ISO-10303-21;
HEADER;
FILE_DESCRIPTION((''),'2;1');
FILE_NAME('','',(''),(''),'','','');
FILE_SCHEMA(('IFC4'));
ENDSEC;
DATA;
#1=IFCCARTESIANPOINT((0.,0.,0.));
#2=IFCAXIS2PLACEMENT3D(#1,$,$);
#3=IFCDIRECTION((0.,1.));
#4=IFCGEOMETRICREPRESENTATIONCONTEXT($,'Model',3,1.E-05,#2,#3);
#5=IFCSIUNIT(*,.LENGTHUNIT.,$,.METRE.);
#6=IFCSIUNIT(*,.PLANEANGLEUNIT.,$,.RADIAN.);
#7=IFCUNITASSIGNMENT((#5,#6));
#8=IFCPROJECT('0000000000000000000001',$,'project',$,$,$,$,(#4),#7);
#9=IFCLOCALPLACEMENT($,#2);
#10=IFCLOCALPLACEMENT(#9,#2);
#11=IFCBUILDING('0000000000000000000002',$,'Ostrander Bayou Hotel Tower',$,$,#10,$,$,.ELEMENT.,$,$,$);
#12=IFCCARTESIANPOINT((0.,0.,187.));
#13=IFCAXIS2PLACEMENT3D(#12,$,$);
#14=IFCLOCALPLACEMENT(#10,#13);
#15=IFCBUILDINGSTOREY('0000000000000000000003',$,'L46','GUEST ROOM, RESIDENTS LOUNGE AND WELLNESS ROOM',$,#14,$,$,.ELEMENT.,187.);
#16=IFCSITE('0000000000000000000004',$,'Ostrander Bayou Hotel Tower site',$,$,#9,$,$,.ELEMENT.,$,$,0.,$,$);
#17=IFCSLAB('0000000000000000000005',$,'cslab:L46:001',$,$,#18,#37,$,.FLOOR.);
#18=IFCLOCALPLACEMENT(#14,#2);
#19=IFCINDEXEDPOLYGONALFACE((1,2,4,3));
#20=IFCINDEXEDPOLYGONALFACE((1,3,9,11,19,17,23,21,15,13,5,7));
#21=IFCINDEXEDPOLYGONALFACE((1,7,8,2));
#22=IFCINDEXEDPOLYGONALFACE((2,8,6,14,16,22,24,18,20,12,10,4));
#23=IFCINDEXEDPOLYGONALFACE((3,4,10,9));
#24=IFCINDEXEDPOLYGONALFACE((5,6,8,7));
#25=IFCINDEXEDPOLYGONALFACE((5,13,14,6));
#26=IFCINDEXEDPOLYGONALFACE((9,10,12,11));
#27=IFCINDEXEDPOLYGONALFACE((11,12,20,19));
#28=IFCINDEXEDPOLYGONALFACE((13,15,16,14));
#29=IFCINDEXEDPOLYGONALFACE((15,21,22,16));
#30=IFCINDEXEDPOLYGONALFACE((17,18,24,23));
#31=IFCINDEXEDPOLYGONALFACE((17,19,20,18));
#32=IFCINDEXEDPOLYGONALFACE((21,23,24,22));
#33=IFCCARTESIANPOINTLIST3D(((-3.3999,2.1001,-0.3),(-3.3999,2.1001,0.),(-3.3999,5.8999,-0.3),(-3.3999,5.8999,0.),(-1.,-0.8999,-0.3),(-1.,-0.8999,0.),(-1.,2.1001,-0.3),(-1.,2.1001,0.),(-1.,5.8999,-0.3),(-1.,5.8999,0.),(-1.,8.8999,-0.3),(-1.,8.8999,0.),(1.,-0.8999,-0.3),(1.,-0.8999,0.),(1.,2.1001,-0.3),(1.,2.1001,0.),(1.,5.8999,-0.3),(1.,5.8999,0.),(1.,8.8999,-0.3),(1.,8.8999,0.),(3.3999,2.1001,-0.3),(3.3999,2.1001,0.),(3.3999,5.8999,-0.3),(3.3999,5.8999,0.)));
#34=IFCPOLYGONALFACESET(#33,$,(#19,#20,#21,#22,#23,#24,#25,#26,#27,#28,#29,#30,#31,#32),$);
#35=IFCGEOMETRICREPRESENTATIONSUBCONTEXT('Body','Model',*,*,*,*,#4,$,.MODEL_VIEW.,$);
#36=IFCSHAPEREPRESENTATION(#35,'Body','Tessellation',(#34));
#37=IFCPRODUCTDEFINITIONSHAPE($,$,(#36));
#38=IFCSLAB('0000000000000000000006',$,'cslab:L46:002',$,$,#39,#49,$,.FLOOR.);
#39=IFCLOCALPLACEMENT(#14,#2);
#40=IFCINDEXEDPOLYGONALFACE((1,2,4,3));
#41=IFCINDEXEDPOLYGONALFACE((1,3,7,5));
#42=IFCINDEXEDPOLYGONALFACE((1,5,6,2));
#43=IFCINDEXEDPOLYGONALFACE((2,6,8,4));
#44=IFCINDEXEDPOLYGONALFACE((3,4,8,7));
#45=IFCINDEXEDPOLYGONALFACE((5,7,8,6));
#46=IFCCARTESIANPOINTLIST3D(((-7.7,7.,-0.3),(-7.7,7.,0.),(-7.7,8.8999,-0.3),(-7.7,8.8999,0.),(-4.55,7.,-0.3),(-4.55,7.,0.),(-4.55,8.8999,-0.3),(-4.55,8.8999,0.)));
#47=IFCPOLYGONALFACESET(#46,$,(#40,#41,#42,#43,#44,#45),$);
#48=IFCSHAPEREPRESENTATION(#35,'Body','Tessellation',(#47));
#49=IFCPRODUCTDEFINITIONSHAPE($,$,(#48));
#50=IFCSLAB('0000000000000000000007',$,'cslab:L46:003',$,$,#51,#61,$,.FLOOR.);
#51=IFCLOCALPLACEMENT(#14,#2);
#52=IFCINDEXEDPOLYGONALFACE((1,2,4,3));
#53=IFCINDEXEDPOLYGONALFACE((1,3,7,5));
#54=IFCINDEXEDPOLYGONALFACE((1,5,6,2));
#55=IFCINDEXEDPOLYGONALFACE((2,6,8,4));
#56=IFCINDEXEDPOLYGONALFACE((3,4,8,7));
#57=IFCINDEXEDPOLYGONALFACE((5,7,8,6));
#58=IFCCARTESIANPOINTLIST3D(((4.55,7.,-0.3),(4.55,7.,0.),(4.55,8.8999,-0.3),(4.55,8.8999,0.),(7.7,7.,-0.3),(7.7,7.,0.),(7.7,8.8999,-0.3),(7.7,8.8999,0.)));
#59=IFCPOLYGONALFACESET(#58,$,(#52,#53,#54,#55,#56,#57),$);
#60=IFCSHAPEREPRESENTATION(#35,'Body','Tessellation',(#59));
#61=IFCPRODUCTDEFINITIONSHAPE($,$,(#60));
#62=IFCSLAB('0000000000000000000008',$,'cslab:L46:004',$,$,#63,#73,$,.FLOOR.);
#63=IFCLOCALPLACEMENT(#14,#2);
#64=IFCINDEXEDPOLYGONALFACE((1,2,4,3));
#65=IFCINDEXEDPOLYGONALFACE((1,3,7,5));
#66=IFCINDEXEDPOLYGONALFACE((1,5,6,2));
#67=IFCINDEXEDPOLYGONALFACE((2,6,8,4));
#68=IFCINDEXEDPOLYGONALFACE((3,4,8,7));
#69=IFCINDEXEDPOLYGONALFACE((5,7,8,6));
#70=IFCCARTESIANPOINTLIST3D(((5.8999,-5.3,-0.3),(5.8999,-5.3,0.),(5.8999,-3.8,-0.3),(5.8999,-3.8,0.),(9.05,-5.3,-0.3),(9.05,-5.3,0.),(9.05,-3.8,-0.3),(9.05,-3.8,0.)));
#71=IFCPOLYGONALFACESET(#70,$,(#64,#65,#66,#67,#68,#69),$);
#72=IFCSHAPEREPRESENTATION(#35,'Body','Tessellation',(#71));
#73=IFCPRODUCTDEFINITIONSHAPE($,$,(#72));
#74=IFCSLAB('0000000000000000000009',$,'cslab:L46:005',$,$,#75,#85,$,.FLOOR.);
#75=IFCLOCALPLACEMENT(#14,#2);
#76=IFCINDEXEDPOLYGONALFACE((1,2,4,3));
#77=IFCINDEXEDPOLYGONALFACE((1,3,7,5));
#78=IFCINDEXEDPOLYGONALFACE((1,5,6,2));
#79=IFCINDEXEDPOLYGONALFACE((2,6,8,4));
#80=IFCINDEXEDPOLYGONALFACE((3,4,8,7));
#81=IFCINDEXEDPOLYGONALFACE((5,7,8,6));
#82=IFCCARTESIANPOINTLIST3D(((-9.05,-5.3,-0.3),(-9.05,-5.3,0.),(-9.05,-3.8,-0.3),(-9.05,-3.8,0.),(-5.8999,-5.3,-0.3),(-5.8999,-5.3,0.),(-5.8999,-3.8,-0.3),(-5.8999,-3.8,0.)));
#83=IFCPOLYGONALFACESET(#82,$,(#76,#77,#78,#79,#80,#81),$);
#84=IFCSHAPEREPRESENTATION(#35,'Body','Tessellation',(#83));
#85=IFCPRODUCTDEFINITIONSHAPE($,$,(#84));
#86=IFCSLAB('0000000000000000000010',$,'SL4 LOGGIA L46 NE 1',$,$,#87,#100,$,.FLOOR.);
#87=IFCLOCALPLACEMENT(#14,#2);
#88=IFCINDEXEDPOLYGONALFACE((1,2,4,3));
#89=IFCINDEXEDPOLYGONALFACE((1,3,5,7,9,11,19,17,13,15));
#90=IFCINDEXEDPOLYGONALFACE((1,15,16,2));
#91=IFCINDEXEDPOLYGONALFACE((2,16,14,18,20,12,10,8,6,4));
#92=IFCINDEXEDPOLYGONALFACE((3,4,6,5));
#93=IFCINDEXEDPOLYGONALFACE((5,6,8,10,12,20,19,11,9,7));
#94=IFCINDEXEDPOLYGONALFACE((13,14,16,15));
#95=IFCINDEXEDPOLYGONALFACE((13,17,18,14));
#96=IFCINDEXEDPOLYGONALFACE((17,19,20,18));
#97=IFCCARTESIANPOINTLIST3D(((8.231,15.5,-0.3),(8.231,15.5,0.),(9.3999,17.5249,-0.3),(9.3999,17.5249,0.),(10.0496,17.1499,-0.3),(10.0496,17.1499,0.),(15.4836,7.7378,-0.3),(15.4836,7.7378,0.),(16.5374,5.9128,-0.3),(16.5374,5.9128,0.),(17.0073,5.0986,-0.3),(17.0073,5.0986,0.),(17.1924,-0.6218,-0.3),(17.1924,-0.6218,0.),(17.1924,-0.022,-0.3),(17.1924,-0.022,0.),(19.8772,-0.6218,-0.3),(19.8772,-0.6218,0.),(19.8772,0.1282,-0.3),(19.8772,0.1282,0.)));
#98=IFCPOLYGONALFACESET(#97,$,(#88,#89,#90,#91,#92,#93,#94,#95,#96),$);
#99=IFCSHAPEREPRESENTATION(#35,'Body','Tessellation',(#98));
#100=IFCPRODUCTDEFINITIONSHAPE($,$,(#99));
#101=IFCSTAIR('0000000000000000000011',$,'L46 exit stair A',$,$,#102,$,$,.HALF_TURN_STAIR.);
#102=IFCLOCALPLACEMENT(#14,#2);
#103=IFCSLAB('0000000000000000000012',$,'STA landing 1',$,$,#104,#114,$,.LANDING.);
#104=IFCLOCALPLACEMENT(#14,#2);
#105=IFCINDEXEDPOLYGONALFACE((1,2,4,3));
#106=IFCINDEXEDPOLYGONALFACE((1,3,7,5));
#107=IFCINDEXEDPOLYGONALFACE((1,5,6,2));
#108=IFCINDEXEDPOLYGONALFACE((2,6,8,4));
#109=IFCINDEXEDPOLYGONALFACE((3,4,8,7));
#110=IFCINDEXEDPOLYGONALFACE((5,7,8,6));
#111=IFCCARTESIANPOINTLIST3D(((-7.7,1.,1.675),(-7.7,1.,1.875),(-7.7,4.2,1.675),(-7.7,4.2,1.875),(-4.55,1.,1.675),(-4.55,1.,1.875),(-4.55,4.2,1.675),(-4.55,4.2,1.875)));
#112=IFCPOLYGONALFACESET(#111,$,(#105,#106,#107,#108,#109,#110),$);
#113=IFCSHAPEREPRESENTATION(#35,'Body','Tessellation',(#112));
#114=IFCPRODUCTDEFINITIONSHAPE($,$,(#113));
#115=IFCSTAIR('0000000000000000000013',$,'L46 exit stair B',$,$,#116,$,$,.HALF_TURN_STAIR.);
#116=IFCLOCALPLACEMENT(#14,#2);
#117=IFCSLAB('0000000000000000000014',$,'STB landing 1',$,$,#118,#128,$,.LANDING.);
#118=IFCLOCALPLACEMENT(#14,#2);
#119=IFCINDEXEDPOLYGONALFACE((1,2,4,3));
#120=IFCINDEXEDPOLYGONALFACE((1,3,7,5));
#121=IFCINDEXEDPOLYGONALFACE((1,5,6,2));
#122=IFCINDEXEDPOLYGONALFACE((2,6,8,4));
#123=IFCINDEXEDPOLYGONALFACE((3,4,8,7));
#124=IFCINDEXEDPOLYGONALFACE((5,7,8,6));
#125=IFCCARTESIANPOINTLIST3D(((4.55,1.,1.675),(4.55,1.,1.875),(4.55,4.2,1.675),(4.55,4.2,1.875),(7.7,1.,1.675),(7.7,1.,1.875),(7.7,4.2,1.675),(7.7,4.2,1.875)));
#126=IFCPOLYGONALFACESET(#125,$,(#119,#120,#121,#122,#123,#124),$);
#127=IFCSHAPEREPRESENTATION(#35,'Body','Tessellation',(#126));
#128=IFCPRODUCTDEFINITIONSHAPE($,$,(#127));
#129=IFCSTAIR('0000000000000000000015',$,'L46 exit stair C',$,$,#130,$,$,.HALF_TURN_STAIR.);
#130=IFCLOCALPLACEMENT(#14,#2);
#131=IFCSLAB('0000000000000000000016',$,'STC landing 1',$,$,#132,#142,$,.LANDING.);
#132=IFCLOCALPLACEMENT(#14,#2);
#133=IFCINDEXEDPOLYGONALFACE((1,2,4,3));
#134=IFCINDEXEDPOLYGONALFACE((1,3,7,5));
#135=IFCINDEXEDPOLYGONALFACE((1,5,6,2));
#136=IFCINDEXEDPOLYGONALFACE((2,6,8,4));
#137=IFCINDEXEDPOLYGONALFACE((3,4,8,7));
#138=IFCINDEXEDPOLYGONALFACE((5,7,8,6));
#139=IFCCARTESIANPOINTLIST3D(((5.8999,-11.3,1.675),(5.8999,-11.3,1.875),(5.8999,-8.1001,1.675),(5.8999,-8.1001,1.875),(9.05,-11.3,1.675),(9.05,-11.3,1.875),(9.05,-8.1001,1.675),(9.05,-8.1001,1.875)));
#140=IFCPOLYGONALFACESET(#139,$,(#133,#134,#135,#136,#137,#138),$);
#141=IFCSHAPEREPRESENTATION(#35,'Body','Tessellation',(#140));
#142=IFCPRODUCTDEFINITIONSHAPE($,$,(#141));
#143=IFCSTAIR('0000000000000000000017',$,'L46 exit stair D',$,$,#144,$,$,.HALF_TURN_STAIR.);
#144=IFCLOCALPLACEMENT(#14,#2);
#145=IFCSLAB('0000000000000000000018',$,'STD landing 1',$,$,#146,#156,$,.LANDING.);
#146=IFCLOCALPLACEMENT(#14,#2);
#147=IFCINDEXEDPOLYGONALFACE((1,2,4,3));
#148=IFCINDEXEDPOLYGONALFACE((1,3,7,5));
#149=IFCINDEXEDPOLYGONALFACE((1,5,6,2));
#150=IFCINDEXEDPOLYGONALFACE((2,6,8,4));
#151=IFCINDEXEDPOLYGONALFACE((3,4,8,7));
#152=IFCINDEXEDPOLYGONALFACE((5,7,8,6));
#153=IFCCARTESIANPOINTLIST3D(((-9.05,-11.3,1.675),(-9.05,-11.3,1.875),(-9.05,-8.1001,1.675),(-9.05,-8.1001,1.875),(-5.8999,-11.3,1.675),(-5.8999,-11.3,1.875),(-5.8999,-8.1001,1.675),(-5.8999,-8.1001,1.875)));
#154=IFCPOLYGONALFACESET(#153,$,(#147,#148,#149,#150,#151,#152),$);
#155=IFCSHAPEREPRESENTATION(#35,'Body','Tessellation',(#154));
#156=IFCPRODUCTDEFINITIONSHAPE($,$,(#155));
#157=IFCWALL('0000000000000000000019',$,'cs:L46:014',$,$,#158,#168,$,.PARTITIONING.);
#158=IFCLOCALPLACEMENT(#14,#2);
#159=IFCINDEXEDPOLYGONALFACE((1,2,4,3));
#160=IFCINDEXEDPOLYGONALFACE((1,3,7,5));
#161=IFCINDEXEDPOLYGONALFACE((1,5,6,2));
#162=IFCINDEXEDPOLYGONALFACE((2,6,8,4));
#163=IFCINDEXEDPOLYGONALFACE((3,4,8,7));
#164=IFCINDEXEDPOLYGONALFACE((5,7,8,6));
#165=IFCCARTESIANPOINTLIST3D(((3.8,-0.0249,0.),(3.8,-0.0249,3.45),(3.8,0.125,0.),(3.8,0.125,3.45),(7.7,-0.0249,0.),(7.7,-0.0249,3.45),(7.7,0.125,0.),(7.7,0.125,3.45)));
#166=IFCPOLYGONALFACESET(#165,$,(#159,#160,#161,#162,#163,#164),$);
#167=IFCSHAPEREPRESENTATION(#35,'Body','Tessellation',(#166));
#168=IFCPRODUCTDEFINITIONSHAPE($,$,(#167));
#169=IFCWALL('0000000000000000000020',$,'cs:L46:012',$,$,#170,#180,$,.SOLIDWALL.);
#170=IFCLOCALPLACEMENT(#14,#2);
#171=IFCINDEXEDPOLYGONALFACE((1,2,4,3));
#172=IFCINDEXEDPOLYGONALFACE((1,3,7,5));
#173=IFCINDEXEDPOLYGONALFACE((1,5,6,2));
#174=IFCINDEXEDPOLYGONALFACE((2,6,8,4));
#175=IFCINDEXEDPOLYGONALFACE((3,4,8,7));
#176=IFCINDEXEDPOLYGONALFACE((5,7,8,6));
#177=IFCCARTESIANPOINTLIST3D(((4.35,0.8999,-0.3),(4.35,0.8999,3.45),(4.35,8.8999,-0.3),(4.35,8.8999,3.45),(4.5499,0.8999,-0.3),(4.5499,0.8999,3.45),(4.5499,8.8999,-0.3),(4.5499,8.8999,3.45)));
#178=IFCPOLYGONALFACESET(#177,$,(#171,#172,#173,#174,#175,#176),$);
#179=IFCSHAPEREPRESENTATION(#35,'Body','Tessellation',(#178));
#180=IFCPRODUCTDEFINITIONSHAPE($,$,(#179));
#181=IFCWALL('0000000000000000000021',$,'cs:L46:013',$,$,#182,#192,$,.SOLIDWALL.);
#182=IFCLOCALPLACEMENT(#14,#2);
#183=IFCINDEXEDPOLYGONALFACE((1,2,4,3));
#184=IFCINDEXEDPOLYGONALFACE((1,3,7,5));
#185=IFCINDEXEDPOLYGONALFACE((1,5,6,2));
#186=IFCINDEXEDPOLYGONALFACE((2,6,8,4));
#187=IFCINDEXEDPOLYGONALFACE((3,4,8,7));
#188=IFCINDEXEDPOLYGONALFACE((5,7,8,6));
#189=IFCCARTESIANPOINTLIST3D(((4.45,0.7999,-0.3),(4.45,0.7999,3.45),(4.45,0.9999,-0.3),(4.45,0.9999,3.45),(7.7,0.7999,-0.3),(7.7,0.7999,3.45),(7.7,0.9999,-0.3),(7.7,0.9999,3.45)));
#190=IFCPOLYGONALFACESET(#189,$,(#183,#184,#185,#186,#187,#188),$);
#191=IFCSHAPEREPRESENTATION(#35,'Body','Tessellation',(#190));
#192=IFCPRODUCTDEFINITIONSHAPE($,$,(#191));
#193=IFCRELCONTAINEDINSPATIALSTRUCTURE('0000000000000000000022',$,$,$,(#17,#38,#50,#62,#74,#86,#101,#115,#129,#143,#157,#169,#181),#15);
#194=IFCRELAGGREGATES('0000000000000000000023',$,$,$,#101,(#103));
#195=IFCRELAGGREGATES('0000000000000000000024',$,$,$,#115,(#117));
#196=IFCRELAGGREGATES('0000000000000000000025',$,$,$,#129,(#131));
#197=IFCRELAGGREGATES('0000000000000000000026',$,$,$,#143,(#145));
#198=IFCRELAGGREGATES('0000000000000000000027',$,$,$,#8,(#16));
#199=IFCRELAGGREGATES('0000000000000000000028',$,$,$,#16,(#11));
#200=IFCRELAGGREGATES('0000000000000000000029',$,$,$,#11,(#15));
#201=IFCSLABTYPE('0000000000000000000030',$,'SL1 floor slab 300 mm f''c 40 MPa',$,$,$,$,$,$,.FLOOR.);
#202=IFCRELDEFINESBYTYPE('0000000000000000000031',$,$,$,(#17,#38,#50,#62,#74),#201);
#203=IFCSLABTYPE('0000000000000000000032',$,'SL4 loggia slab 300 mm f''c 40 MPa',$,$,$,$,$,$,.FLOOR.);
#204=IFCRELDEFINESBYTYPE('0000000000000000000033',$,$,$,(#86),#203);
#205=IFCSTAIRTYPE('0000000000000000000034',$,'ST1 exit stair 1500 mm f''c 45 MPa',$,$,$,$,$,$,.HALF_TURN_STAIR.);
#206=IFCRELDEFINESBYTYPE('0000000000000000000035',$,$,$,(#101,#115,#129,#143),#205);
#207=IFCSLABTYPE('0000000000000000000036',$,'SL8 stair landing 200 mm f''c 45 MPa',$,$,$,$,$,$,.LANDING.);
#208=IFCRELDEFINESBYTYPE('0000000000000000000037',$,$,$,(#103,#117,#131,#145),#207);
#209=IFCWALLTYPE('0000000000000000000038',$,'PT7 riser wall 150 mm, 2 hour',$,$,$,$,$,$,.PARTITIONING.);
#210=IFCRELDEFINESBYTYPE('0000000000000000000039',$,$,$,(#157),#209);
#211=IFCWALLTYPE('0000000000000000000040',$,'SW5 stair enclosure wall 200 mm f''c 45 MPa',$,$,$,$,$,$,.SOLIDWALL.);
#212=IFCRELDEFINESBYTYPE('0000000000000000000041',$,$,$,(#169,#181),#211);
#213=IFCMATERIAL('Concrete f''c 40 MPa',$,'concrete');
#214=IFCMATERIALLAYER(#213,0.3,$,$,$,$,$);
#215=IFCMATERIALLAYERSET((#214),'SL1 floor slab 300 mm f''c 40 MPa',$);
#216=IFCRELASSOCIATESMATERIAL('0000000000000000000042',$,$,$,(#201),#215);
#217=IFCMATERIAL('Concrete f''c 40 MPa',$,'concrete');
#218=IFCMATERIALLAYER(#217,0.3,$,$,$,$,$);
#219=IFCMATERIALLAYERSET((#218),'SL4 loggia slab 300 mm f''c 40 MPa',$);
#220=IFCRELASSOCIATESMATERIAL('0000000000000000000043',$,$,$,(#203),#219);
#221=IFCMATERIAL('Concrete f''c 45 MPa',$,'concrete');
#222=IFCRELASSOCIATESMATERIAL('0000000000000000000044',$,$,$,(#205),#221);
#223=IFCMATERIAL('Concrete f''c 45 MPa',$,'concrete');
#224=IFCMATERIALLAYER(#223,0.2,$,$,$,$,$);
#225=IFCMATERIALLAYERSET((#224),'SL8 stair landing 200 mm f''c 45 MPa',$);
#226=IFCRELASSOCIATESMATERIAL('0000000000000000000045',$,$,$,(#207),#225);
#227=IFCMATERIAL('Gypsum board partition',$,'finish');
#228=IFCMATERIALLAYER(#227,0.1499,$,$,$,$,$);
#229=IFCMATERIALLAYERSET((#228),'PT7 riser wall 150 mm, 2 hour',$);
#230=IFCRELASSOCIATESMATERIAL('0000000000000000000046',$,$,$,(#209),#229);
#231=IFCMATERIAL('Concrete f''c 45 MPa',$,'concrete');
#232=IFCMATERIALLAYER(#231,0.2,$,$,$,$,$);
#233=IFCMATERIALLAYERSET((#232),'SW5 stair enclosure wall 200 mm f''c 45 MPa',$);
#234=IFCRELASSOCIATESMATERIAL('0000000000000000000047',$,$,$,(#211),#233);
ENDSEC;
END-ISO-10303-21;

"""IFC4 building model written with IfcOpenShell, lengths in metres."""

from ifc_helpers import new_model, si_unit, direction, frame, frame_2d, origin, place, context, subcontext, project, spatial, polyline, rectangle, outline, extrude, material, layer, layer_set, type_object, element, aggregate, save


model = new_model("IFC4")

# Units and contexts
model_context = context("Model", 3, precision=1e-05, world=origin(), true_north=direction((0.0, 1.0)))
body_context = subcontext(model_context, "Body", "Model", "MODEL_VIEW")
ifc_project = project(units=[si_unit("LENGTHUNIT", "METRE"), si_unit("PLANEANGLEUNIT", "RADIAN")], contexts=[model_context])

# Site, building, storey
site_placement = place(None, origin())
site = spatial("IfcSite", under=ifc_project, at=site_placement, Name="Ostrander Bayou Hotel Tower site", CompositionType="ELEMENT", RefElevation=0.0)
building_placement = place(site_placement, origin())
building = spatial("IfcBuilding", under=site, at=building_placement, Name="Ostrander Bayou Hotel Tower", CompositionType="ELEMENT")
storey_placement = place(building_placement, frame((0.0, 0.0, 187.0)))
storey = spatial("IfcBuildingStorey", under=building, at=storey_placement, Name="L46", Description="GUEST ROOM, RESIDENTS LOUNGE AND WELLNESS ROOM", CompositionType="ELEMENT", Elevation=187.0)

# Slabs
ifc_material_1 = material(Name="Concrete f'c 40 MPa", Category="concrete")
ifc_layer_1 = layer(ifc_material_1, 0.3)
ifc_layer_set_1 = layer_set([ifc_layer_1], Name="SL1 floor slab 300 mm f'c 40 MPa")
slab_type_1 = type_object("IfcSlabType", Name="SL1 floor slab 300 mm f'c 40 MPa", PredefinedType="FLOOR", material=ifc_layer_set_1)
slab_1_placement = place(storey_placement, frame((0.0, 0.0, -0.3)))
element("IfcSlab", 1, at=slab_1_placement, inside=storey, type_object=slab_type_1, Name="cslab:L46:001", PredefinedType="FLOOR", context=body_context, shape_type="SweptSolid", body=[
    extrude(outline(polyline([(-3.3999, 5.8999), (-1.0, 5.8999), (-1.0, 8.8999), (1.0, 8.8999), (1.0, 5.8999), (3.3999, 5.8999), (3.3999, 2.1001), (1.0, 2.1001), (1.0, -0.8999), (-1.0, -0.8999), (-1.0, 2.1001), (-3.3999, 2.1001), (-3.3999, 5.8999)])), origin(), (0.0, 0.0, 1.0), 0.3),
])
slab_2_placement = place(storey_placement, frame((0.0, 0.0, -0.3)))
element("IfcSlab", 2, at=slab_2_placement, inside=storey, type_object=slab_type_1, Name="cslab:L46:002", PredefinedType="FLOOR", context=body_context, shape_type="SweptSolid", body=[
    extrude(outline(polyline([(-4.55, 7.0), (-4.55, 8.8999), (-7.7, 8.8999), (-7.7, 7.0), (-4.55, 7.0)])), origin(), (0.0, 0.0, 1.0), 0.3),
])
slab_3_placement = place(storey_placement, frame((0.0, 0.0, -0.3)))
element("IfcSlab", 3, at=slab_3_placement, inside=storey, type_object=slab_type_1, Name="cslab:L46:003", PredefinedType="FLOOR", context=body_context, shape_type="SweptSolid", body=[
    extrude(outline(polyline([(7.7, 7.0), (7.7, 8.8999), (4.55, 8.8999), (4.55, 7.0), (7.7, 7.0)])), origin(), (0.0, 0.0, 1.0), 0.3),
])
slab_4_placement = place(storey_placement, frame((0.0, 0.0, -0.3)))
element("IfcSlab", 4, at=slab_4_placement, inside=storey, type_object=slab_type_1, Name="cslab:L46:004", PredefinedType="FLOOR", context=body_context, shape_type="SweptSolid", body=[
    extrude(outline(polyline([(9.05, -5.3), (9.05, -3.8), (5.8999, -3.8), (5.8999, -5.3), (9.05, -5.3)])), origin(), (0.0, 0.0, 1.0), 0.3),
])
slab_5_placement = place(storey_placement, frame((0.0, 0.0, -0.3)))
element("IfcSlab", 5, at=slab_5_placement, inside=storey, type_object=slab_type_1, Name="cslab:L46:005", PredefinedType="FLOOR", context=body_context, shape_type="SweptSolid", body=[
    extrude(outline(polyline([(-5.8999, -5.3), (-5.8999, -3.8), (-9.05, -3.8), (-9.05, -5.3), (-5.8999, -5.3)])), origin(), (0.0, 0.0, 1.0), 0.3),
])
ifc_material_2 = material(Name="Concrete f'c 40 MPa", Category="concrete")
ifc_layer_2 = layer(ifc_material_2, 0.3)
ifc_layer_set_2 = layer_set([ifc_layer_2], Name="SL4 loggia slab 300 mm f'c 40 MPa")
slab_type_2 = type_object("IfcSlabType", Name="SL4 loggia slab 300 mm f'c 40 MPa", PredefinedType="FLOOR", material=ifc_layer_set_2)
slab_6_placement = place(storey_placement, frame((0.0, 0.0, -0.3)))
element("IfcSlab", 6, at=slab_6_placement, inside=storey, type_object=slab_type_2, Name="SL4 LOGGIA L46 NE 1", PredefinedType="FLOOR", context=body_context, shape_type="SweptSolid", body=[
    extrude(outline(polyline([(9.3999, 17.5249), (10.0496, 17.1499), (15.4836, 7.7378), (16.5374, 5.9128), (17.0073, 5.0986), (19.8772, 0.1282), (19.8772, -0.6218), (17.1924, -0.6218), (17.1924, -0.022), (8.231, 15.5), (9.3999, 17.5249)])), origin(), (0.0, 0.0, 1.0), 0.3),
])

# Stairs, slabs
ifc_material_3 = material(Name="Concrete f'c 45 MPa", Category="concrete")
stair_type = type_object("IfcStairType", Name="ST1 exit stair 1500 mm f'c 45 MPa", PredefinedType="HALF_TURN_STAIR", material=ifc_material_3)
stair_1_placement = place(storey_placement, origin())
stair_1 = element("IfcStair", 7, at=stair_1_placement, inside=storey, type_object=stair_type, Name="L46 exit stair A", PredefinedType="HALF_TURN_STAIR")
ifc_material_4 = material(Name="Concrete f'c 45 MPa", Category="concrete")
ifc_layer_3 = layer(ifc_material_4, 0.2)
ifc_layer_set_3 = layer_set([ifc_layer_3], Name="SL8 stair landing 200 mm f'c 45 MPa")
slab_type_3 = type_object("IfcSlabType", Name="SL8 stair landing 200 mm f'c 45 MPa", PredefinedType="LANDING", material=ifc_layer_set_3)
slab_7_placement = place(storey_placement, frame((0.0, 0.0, 1.675)))
slab_7 = element("IfcSlab", 8, at=slab_7_placement, type_object=slab_type_3, Name="STA landing 1", PredefinedType="LANDING", context=body_context, shape_type="SweptSolid", body=[
    extrude(outline(polyline([(-7.7, 4.2), (-7.7, 1.0), (-4.55, 1.0), (-4.55, 4.2), (-7.7, 4.2)])), origin(), (0.0, 0.0, 1.0), 0.2),
])
aggregate(stair_1, [slab_7])
stair_2_placement = place(storey_placement, origin())
stair_2 = element("IfcStair", 9, at=stair_2_placement, inside=storey, type_object=stair_type, Name="L46 exit stair B", PredefinedType="HALF_TURN_STAIR")
slab_8_placement = place(storey_placement, frame((0.0, 0.0, 1.675)))
slab_8 = element("IfcSlab", 10, at=slab_8_placement, type_object=slab_type_3, Name="STB landing 1", PredefinedType="LANDING", context=body_context, shape_type="SweptSolid", body=[
    extrude(outline(polyline([(4.55, 4.2), (4.55, 1.0), (7.7, 1.0), (7.7, 4.2), (4.55, 4.2)])), origin(), (0.0, 0.0, 1.0), 0.2),
])
aggregate(stair_2, [slab_8])
stair_3_placement = place(storey_placement, origin())
stair_3 = element("IfcStair", 11, at=stair_3_placement, inside=storey, type_object=stair_type, Name="L46 exit stair C", PredefinedType="HALF_TURN_STAIR")
slab_9_placement = place(storey_placement, frame((0.0, 0.0, 1.675)))
slab_9 = element("IfcSlab", 12, at=slab_9_placement, type_object=slab_type_3, Name="STC landing 1", PredefinedType="LANDING", context=body_context, shape_type="SweptSolid", body=[
    extrude(outline(polyline([(5.8999, -8.1001), (5.8999, -11.3), (9.05, -11.3), (9.05, -8.1001), (5.8999, -8.1001)])), origin(), (0.0, 0.0, 1.0), 0.2),
])
aggregate(stair_3, [slab_9])
stair_4_placement = place(storey_placement, origin())
stair_4 = element("IfcStair", 13, at=stair_4_placement, inside=storey, type_object=stair_type, Name="L46 exit stair D", PredefinedType="HALF_TURN_STAIR")
slab_10_placement = place(storey_placement, frame((0.0, 0.0, 1.675)))
slab_10 = element("IfcSlab", 14, at=slab_10_placement, type_object=slab_type_3, Name="STD landing 1", PredefinedType="LANDING", context=body_context, shape_type="SweptSolid", body=[
    extrude(outline(polyline([(-9.05, -8.1001), (-9.05, -11.3), (-5.8999, -11.3), (-5.8999, -8.1001), (-9.05, -8.1001)])), origin(), (0.0, 0.0, 1.0), 0.2),
])
aggregate(stair_4, [slab_10])

# Walls
ifc_material_5 = material(Name="Gypsum board partition", Category="finish")
ifc_layer_4 = layer(ifc_material_5, 0.1499)
ifc_layer_set_4 = layer_set([ifc_layer_4], Name="PT7 riser wall 150 mm, 2 hour")
wall_type_1 = type_object("IfcWallType", Name="PT7 riser wall 150 mm, 2 hour", PredefinedType="PARTITIONING", material=ifc_layer_set_4)
wall_1_placement = place(storey_placement, frame((3.8, 0.05, 0.0), z_axis=(0.0, 0.0, 1.0), x_axis=(1.0, 0.0, 0.0)))
element("IfcWall", 15, at=wall_1_placement, inside=storey, type_object=wall_type_1, Name="cs:L46:014", PredefinedType="PARTITIONING", context=body_context, shape_type="SweptSolid", body=[
    extrude(rectangle(XDim=3.8999, YDim=0.1499, at=frame_2d((1.95, 0.0))), origin(), (0.0, 0.0, 1.0), 3.45),
])
ifc_material_6 = material(Name="Concrete f'c 45 MPa", Category="concrete")
ifc_layer_5 = layer(ifc_material_6, 0.2)
ifc_layer_set_5 = layer_set([ifc_layer_5], Name="SW5 stair enclosure wall 200 mm f'c 45 MPa")
wall_type_2 = type_object("IfcWallType", Name="SW5 stair enclosure wall 200 mm f'c 45 MPa", PredefinedType="SOLIDWALL", material=ifc_layer_set_5)
wall_2_placement = place(storey_placement, frame((4.45, 0.8999, -0.3), z_axis=(0.0, 0.0, 1.0), x_axis=(0.0, 1.0, 0.0)))
element("IfcWall", 16, at=wall_2_placement, inside=storey, type_object=wall_type_2, Name="cs:L46:012", PredefinedType="SOLIDWALL", context=body_context, shape_type="SweptSolid", body=[
    extrude(rectangle(XDim=8.0, YDim=0.2, at=frame_2d((4.0, 0.0))), origin(), (0.0, 0.0, 1.0), 3.75),
])
wall_3_placement = place(storey_placement, frame((4.45, 0.8999, -0.3), z_axis=(0.0, 0.0, 1.0), x_axis=(1.0, 0.0, 0.0)))
element("IfcWall", 17, at=wall_3_placement, inside=storey, type_object=wall_type_2, Name="cs:L46:013", PredefinedType="SOLIDWALL", context=body_context, shape_type="SweptSolid", body=[
    extrude(rectangle(XDim=3.25, YDim=0.2, at=frame_2d((1.625, 0.0))), origin(), (0.0, 0.0, 1.0), 3.75),
])

save(model, "model.ifc")
